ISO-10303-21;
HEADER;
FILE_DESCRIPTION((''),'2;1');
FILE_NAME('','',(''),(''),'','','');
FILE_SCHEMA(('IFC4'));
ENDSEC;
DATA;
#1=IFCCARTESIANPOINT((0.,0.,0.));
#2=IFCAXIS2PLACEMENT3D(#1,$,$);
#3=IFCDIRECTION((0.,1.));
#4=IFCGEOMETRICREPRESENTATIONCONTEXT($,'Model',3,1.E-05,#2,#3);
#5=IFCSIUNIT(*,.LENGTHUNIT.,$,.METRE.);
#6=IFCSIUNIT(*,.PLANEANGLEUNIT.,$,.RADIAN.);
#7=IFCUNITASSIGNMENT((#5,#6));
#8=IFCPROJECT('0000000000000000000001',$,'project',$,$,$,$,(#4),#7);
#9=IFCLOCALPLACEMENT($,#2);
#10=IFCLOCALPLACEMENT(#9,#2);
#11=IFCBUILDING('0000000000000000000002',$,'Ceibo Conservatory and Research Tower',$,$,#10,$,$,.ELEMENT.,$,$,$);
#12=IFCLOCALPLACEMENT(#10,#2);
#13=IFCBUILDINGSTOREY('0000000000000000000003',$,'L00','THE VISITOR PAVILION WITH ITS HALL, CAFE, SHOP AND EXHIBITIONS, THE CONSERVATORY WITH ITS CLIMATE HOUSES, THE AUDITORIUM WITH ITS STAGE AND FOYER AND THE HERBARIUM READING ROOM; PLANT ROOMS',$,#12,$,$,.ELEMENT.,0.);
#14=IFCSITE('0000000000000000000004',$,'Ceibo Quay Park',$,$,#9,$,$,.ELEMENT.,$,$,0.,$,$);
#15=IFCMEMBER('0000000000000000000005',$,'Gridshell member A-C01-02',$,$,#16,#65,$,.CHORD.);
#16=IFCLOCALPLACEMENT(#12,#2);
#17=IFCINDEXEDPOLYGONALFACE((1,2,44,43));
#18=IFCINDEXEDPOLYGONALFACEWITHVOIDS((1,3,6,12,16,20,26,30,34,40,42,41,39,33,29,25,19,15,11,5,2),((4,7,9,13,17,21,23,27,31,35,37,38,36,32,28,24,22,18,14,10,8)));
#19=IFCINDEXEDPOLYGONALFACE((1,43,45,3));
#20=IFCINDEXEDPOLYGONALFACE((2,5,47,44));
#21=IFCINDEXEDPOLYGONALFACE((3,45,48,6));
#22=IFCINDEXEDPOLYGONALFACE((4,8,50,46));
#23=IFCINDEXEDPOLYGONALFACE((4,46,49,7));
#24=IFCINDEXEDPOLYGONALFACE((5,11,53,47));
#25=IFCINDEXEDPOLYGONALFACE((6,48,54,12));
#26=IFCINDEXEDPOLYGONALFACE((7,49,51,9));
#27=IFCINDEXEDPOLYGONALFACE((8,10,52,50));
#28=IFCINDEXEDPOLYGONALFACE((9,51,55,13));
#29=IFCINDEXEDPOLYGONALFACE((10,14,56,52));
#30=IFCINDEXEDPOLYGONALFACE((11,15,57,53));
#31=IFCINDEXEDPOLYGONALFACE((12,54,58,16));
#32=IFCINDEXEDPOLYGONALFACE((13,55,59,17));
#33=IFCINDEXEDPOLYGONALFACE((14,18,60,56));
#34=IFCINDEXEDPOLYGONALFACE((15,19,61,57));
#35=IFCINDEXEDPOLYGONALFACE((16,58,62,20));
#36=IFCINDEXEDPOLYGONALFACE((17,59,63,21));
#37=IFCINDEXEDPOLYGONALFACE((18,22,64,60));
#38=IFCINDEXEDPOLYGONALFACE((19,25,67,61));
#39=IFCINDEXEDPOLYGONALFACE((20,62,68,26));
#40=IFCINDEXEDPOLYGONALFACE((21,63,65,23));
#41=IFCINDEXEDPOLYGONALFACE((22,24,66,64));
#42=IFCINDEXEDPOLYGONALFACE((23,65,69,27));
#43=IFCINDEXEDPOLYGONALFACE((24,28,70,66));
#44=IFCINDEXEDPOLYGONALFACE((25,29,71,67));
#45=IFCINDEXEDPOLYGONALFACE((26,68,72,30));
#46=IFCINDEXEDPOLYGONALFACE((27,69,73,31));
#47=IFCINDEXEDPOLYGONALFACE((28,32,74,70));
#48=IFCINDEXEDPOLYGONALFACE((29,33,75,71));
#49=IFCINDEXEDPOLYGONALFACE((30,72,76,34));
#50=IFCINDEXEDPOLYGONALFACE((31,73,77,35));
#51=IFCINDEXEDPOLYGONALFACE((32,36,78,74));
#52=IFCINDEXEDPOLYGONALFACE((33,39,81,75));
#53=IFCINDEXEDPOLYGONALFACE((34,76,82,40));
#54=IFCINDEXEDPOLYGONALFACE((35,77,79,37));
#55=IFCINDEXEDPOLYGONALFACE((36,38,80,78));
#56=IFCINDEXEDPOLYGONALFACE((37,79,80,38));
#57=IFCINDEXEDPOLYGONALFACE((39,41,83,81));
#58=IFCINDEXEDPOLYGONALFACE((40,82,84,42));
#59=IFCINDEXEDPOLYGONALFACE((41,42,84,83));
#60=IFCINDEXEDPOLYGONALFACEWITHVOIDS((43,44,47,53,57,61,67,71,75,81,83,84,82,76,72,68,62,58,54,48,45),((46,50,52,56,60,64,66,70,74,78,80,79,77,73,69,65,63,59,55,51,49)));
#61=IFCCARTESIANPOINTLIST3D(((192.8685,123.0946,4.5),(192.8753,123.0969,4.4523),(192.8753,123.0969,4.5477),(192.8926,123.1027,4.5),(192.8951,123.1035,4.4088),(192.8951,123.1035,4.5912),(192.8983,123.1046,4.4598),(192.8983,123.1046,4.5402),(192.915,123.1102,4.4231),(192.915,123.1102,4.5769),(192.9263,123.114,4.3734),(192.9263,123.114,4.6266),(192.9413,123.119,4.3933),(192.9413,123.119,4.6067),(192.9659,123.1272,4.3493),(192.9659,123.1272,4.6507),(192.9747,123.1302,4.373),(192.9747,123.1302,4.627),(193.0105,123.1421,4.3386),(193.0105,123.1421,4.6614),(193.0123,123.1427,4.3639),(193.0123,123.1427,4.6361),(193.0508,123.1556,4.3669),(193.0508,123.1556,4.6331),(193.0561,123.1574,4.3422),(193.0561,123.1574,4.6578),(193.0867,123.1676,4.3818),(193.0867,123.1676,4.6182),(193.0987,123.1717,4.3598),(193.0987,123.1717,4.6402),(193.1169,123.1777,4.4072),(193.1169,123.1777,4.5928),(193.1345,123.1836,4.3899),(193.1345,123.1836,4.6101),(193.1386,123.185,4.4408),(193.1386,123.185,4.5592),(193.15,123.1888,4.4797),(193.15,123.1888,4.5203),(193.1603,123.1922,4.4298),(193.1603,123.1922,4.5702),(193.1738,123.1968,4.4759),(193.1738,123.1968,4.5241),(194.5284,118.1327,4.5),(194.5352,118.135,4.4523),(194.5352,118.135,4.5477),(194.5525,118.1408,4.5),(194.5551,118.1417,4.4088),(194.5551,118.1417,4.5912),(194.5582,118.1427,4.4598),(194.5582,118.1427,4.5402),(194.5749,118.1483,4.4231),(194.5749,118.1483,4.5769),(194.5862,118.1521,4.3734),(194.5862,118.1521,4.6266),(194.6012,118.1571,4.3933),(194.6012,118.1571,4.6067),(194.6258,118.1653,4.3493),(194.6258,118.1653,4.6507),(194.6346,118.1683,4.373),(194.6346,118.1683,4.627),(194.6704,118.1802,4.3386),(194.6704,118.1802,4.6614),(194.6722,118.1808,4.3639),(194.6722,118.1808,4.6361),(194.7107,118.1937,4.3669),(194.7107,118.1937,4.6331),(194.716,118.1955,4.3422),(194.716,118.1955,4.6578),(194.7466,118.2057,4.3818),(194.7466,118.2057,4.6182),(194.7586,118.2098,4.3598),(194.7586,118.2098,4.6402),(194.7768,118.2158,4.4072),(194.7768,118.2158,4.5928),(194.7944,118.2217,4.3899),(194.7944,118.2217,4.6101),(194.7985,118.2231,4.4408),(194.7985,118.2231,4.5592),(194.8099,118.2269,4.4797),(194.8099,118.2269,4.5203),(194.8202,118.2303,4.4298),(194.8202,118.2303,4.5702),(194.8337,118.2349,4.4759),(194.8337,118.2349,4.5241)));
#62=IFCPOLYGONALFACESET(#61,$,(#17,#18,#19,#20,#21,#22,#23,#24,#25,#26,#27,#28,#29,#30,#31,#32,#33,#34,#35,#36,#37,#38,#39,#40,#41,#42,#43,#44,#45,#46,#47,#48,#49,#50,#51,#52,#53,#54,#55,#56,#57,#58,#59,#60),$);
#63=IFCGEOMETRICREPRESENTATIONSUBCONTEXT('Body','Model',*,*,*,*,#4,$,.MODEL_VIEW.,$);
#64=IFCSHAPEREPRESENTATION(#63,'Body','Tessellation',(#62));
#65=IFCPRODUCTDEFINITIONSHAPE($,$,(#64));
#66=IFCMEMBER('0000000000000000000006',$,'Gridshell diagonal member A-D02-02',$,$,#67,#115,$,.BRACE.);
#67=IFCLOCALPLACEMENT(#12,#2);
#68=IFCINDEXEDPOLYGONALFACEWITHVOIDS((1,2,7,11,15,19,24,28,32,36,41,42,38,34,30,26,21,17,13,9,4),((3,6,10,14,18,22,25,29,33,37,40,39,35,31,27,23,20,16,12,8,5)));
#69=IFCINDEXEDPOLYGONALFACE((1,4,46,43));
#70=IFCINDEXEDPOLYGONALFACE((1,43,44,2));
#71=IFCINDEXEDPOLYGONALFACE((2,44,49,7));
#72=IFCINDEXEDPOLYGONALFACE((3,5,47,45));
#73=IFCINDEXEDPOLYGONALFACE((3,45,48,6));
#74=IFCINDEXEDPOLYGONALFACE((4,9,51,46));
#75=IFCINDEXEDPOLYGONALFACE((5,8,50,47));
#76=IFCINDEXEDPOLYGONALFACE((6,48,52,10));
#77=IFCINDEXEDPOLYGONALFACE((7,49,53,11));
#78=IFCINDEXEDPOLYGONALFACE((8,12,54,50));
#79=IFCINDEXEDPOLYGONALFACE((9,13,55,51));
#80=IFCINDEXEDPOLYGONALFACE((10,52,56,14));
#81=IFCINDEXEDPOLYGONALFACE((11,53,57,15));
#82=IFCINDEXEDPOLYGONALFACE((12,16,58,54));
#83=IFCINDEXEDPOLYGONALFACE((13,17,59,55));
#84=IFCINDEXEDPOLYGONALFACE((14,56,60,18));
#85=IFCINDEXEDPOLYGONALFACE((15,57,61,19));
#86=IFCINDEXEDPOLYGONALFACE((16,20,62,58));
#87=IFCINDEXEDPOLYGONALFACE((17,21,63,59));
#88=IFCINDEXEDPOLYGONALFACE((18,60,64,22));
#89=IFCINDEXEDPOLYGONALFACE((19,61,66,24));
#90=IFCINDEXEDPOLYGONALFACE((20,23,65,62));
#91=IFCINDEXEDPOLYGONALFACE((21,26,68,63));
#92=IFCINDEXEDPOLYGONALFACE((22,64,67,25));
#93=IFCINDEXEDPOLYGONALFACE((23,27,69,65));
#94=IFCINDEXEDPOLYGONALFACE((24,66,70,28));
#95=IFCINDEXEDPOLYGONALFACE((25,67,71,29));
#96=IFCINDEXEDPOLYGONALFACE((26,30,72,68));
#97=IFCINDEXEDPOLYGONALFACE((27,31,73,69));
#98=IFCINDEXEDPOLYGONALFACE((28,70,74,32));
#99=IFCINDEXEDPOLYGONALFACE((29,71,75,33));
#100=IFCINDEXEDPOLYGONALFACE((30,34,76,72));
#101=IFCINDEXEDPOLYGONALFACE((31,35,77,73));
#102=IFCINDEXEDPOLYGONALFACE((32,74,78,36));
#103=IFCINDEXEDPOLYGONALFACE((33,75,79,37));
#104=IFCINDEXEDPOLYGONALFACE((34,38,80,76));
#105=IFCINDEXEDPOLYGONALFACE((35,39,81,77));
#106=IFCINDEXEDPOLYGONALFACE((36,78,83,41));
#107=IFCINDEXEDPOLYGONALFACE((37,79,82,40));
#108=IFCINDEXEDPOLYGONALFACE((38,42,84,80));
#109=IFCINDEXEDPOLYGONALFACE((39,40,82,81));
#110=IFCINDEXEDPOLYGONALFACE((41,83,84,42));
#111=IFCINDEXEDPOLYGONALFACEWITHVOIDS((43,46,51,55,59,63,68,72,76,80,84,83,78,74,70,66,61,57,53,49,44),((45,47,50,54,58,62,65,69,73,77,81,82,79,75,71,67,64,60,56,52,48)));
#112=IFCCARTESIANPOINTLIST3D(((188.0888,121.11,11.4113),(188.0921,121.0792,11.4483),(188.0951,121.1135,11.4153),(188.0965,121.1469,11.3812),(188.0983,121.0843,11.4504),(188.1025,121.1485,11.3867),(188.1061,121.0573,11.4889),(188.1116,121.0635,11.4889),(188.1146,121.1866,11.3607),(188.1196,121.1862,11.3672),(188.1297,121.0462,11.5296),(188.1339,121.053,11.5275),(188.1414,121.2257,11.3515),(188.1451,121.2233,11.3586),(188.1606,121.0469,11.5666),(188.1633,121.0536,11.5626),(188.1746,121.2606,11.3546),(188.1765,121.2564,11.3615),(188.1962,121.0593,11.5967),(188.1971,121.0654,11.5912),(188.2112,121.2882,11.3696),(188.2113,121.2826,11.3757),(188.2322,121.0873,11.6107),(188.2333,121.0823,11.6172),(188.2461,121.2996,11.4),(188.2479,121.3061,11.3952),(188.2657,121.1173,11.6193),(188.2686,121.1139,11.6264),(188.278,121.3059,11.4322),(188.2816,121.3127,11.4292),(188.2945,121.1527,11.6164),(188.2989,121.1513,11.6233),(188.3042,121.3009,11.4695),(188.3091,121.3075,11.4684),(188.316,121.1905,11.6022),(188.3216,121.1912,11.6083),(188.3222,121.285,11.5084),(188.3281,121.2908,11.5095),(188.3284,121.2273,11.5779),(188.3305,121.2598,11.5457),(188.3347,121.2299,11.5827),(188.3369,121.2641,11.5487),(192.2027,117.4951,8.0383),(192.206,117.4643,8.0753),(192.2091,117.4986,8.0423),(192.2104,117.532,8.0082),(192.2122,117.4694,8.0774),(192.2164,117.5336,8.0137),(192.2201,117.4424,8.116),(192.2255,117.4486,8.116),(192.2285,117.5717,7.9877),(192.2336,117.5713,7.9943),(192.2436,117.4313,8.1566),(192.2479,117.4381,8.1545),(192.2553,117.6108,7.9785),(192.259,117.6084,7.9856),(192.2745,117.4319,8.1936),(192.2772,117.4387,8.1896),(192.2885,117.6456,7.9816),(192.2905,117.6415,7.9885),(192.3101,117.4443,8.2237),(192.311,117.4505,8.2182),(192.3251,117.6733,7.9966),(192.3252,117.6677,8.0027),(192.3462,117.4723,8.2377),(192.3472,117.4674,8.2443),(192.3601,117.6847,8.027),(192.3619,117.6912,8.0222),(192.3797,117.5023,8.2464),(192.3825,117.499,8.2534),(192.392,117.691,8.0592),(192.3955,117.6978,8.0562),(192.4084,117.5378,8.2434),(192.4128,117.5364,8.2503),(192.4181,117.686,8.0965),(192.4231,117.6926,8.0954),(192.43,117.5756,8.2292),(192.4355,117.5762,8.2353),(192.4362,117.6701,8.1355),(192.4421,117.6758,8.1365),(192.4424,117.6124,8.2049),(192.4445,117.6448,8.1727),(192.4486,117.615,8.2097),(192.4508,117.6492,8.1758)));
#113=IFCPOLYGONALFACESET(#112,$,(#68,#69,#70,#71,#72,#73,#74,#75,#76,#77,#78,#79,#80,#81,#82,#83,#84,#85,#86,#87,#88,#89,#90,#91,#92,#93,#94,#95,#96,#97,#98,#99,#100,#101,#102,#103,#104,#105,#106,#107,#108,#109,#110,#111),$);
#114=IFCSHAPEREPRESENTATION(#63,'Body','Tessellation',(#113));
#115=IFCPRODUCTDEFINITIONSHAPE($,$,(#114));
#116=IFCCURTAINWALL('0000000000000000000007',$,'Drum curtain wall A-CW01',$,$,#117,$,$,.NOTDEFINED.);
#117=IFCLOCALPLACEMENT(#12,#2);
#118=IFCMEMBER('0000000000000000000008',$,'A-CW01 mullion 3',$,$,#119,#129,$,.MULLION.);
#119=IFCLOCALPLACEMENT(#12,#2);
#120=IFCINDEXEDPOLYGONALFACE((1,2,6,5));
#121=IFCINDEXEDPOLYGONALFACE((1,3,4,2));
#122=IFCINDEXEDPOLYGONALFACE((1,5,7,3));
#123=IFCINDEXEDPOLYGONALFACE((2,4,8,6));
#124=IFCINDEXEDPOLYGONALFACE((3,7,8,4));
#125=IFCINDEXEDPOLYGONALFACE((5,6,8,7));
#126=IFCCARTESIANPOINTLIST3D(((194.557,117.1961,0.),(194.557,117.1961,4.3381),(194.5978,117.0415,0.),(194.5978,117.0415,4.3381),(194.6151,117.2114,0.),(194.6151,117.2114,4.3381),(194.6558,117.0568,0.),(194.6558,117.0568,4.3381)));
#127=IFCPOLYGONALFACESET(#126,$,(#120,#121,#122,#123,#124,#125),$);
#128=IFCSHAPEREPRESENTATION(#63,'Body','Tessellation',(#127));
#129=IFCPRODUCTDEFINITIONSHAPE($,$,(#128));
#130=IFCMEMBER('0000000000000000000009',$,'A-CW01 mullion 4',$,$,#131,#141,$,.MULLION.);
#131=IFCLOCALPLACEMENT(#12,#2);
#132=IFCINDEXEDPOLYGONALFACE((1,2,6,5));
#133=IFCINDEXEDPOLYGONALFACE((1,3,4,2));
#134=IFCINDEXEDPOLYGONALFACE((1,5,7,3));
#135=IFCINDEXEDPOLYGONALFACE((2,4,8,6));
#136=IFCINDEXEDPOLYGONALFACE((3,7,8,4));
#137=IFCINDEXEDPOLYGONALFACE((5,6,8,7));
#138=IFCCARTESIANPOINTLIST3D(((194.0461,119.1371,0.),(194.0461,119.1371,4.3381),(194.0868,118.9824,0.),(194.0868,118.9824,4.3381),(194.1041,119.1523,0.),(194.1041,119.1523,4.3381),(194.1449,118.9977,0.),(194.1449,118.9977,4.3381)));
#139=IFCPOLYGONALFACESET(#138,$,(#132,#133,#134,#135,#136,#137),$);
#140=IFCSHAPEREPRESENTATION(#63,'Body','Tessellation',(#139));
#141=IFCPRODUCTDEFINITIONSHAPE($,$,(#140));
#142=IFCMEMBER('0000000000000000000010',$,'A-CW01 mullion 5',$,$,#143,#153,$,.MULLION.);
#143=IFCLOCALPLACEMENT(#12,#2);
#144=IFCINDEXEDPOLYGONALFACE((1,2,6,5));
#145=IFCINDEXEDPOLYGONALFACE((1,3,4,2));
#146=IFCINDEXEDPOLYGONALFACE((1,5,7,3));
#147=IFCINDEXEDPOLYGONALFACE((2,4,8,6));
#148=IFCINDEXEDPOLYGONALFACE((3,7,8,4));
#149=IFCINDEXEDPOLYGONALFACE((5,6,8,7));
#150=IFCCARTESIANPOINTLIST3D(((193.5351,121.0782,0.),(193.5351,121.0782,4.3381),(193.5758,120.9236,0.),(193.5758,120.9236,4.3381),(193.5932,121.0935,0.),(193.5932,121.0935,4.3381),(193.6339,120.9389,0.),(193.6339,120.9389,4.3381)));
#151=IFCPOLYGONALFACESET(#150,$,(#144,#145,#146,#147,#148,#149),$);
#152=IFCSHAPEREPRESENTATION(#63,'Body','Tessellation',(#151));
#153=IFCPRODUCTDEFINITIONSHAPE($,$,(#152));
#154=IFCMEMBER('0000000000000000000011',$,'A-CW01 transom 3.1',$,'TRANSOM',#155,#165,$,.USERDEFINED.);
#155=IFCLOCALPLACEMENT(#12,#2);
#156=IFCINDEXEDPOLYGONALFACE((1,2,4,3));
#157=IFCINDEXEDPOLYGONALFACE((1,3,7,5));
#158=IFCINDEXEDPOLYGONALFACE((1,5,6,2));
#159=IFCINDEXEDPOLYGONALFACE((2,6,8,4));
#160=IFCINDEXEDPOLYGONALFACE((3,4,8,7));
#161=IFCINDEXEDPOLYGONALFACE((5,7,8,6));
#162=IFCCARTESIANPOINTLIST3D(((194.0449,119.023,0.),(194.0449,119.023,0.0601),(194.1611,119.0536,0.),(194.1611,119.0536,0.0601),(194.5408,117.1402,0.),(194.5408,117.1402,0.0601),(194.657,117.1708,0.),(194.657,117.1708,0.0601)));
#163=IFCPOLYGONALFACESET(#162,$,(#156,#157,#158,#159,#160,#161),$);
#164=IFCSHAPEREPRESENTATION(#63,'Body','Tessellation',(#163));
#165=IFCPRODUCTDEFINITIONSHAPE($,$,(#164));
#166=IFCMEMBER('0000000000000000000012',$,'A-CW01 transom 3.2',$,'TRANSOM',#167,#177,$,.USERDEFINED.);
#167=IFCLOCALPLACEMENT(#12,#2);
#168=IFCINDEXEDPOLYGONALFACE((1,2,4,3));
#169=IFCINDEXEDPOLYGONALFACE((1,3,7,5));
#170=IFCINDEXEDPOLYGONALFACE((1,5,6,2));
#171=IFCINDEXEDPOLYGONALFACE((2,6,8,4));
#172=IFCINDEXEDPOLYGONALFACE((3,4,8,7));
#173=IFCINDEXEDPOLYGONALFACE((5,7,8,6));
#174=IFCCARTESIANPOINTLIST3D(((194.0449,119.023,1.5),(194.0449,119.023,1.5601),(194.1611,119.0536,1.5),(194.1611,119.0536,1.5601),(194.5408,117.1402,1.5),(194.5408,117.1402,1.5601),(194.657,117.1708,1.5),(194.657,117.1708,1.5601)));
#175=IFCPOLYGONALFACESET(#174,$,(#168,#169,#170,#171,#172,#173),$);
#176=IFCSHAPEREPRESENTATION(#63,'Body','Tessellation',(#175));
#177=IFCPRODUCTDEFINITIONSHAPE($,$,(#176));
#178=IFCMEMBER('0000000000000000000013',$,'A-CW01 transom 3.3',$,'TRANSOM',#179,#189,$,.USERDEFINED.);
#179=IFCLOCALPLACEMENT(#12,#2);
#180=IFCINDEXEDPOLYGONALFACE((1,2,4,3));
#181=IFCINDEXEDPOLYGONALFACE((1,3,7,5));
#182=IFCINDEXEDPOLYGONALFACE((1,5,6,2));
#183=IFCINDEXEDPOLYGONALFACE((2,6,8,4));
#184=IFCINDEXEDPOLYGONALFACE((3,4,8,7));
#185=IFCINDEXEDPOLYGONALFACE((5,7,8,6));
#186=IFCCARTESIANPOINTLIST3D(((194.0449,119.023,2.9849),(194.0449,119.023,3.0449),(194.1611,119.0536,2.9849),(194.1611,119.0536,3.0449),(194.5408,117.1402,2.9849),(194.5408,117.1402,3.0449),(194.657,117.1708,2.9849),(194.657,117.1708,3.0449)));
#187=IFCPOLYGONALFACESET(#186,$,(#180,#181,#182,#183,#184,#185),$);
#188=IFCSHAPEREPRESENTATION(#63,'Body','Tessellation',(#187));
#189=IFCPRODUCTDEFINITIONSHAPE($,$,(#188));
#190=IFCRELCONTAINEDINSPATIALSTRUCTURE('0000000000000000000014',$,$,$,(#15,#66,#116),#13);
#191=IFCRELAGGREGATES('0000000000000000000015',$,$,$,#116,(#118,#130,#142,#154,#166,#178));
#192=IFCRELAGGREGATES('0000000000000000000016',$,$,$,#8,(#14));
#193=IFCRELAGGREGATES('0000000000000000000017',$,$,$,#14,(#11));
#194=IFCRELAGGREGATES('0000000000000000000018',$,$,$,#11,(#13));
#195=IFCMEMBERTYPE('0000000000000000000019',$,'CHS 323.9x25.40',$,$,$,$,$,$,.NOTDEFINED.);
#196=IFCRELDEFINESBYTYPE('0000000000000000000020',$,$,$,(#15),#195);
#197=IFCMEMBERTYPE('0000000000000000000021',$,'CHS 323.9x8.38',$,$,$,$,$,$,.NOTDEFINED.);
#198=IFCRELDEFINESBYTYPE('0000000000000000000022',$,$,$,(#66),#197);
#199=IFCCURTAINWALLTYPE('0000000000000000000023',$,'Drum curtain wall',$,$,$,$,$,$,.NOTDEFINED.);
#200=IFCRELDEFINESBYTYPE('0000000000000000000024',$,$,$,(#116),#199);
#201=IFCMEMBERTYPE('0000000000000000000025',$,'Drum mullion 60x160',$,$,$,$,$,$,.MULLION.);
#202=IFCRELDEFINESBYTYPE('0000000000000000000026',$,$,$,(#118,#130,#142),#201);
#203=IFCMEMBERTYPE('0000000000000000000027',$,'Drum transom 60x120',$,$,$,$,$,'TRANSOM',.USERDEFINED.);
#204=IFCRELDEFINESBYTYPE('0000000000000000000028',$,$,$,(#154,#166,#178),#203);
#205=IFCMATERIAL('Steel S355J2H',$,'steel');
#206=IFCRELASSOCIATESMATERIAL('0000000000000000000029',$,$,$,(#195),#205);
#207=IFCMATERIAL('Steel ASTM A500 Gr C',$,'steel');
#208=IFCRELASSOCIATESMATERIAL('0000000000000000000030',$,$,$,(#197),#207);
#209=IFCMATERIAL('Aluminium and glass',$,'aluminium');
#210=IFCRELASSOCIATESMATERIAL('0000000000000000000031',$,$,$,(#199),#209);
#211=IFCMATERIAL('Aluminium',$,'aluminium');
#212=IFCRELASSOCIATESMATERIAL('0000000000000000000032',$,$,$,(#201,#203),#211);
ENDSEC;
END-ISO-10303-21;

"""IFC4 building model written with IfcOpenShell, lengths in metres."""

from ifc_helpers import new_model, si_unit, direction, frame, origin, origin_2d, place, context, subcontext, project, spatial, rectangle, hollow_circle, extrude, material, material_profile, profile_set, type_object, element, aggregate, save


model = new_model("IFC4")

# Units and contexts
model_context = context("Model", 3, precision=1e-05, world=origin(), true_north=direction((0.0, 1.0)))
body_context = subcontext(model_context, "Body", "Model", "MODEL_VIEW")
ifc_project = project(units=[si_unit("LENGTHUNIT", "METRE"), si_unit("PLANEANGLEUNIT", "RADIAN")], contexts=[model_context])

# Site, building, storey
site_placement = place(None, origin())
site = spatial("IfcSite", under=ifc_project, at=site_placement, Name="Ceibo Quay Park", CompositionType="ELEMENT", RefElevation=0.0)
building_placement = place(site_placement, origin())
building = spatial("IfcBuilding", under=site, at=building_placement, Name="Ceibo Conservatory and Research Tower", CompositionType="ELEMENT")
storey_placement = place(building_placement, origin())
storey = spatial("IfcBuildingStorey", under=building, at=storey_placement, Name="L00", Description="THE VISITOR PAVILION WITH ITS HALL, CAFE, SHOP AND EXHIBITIONS, THE CONSERVATORY WITH ITS CLIMATE HOUSES, THE AUDITORIUM WITH ITS STAGE AND FOYER AND THE HERBARIUM READING ROOM; PLANT ROOMS", CompositionType="ELEMENT", Elevation=0.0)

# Members
ifc_material_1 = material(Name="Steel ASTM A500 Gr C", Category="steel")
ifc_material_2 = material(Name="Steel S355J2H", Category="steel")
ifc_material_profile_1 = material_profile(ifc_material_2, hollow_circle(Radius=0.1619, WallThickness=0.0254, at=origin_2d()), Name="CHS 323.9x25.40")
ifc_profile_set_1 = profile_set([ifc_material_profile_1], Name="Steel S355J2H")
member_type_1 = type_object("IfcMemberType", Name="CHS 323.9x25.40", PredefinedType="NOTDEFINED", material=ifc_profile_set_1)
member_1_placement = place(storey_placement, frame((194.6819, 118.1841, 4.5), z_axis=(-0.317249, 0.948342, 0.0), x_axis=(-0.948342, -0.317249, 0.0)))
element("IfcMember", 1, at=member_1_placement, inside=storey, type_object=member_type_1, Name="Gridshell member A-C01-02", PredefinedType="CHORD", context=body_context, shape_type="SweptSolid", body=[
    extrude(hollow_circle(Radius=0.1619, WallThickness=0.0254, at=origin_2d()), origin(), (0.0, 0.0, 1.0), 5.2322),
])
ifc_material_profile_2 = material_profile(ifc_material_1, hollow_circle(Radius=0.1619, WallThickness=0.0083, at=origin_2d()), Name="CHS 323.9x8.38")
ifc_profile_set_2 = profile_set([ifc_material_profile_2], Name="Steel ASTM A500 Gr C")
member_type_2 = type_object("IfcMemberType", Name="CHS 323.9x8.38", PredefinedType="NOTDEFINED", material=ifc_profile_set_2)
member_2_placement = place(storey_placement, frame((192.3269, 117.564, 8.116), z_axis=(-0.639616, 0.562031, 0.524416), x_axis=(-0.660078, -0.751197, 0.0)))
element("IfcMember", 2, at=member_2_placement, inside=storey, type_object=member_type_2, Name="Gridshell diagonal member A-D02-02", PredefinedType="BRACE", context=body_context, shape_type="SweptSolid", body=[
    extrude(hollow_circle(Radius=0.1619, WallThickness=0.0083, at=origin_2d()), origin(), (0.0, 0.0, 1.0), 6.4319),
])

# Curtain wall, members
ifc_material_3 = material(Name="Aluminium and glass", Category="aluminium")
curtain_wall_type = type_object("IfcCurtainWallType", Name="Drum curtain wall", PredefinedType="NOTDEFINED", material=ifc_material_3)
curtain_wall_placement = place(storey_placement, origin())
curtain_wall = element("IfcCurtainWall", 3, at=curtain_wall_placement, inside=storey, type_object=curtain_wall_type, Name="Drum curtain wall A-CW01", PredefinedType="NOTDEFINED")
ifc_material_4 = material(Name="Aluminium", Category="aluminium")
ifc_material_profile_3 = material_profile(ifc_material_4, rectangle(XDim=0.0601, YDim=0.1599, at=origin_2d()), Name="AL 60x160")
ifc_profile_set_3 = profile_set([ifc_material_profile_3], Name="Aluminium")
member_type_3 = type_object("IfcMemberType", Name="Drum mullion 60x160", PredefinedType="MULLION", material=ifc_profile_set_3)
member_3_placement = place(storey_placement, frame((194.6064, 117.1265, 0.0), z_axis=(0.0, 0.0, 1.0), x_axis=(-0.967046, -0.254602, 0.0)))
member_3 = element("IfcMember", 4, at=member_3_placement, type_object=member_type_3, Name="A-CW01 mullion 3", PredefinedType="MULLION", context=body_context, shape_type="SweptSolid", body=[
    extrude(rectangle(XDim=0.0601, YDim=0.1599, at=origin_2d()), origin(), (0.0, 0.0, 1.0), 4.3381),
])
member_4_placement = place(storey_placement, frame((194.0955, 119.0674, 0.0), z_axis=(0.0, 0.0, 1.0), x_axis=(-0.967046, -0.254602, 0.0)))
member_4 = element("IfcMember", 5, at=member_4_placement, type_object=member_type_3, Name="A-CW01 mullion 4", PredefinedType="MULLION", context=body_context, shape_type="SweptSolid", body=[
    extrude(rectangle(XDim=0.0601, YDim=0.1599, at=origin_2d()), origin(), (0.0, 0.0, 1.0), 4.3381),
])
member_5_placement = place(storey_placement, frame((193.5845, 121.0085, 0.0), z_axis=(0.0, 0.0, 1.0), x_axis=(-0.967046, -0.254602, 0.0)))
member_5 = element("IfcMember", 6, at=member_5_placement, type_object=member_type_3, Name="A-CW01 mullion 5", PredefinedType="MULLION", context=body_context, shape_type="SweptSolid", body=[
    extrude(rectangle(XDim=0.0601, YDim=0.1599, at=origin_2d()), origin(), (0.0, 0.0, 1.0), 4.3381),
])
ifc_material_profile_4 = material_profile(ifc_material_4, rectangle(XDim=0.1201, YDim=0.0601, at=origin_2d()), Name="AL 60x120")
ifc_profile_set_4 = profile_set([ifc_material_profile_4], Name="Aluminium")
member_type_4 = type_object("IfcMemberType", Name="Drum transom 60x120", ElementType="TRANSOM", PredefinedType="USERDEFINED", material=ifc_profile_set_4)
member_6_placement = place(storey_placement, frame((194.5989, 117.1555, 0.03), z_axis=(-0.254672, 0.967027, 0.0), x_axis=(-0.967027, -0.254672, 0.0)))
member_6 = element("IfcMember", 7, at=member_6_placement, type_object=member_type_4, Name="A-CW01 transom 3.1", ObjectType="TRANSOM", PredefinedType="USERDEFINED", context=body_context, shape_type="SweptSolid", body=[
    extrude(rectangle(XDim=0.1201, YDim=0.0601, at=origin_2d()), origin(), (0.0, 0.0, 1.0), 1.947),
])
member_7_placement = place(storey_placement, frame((194.5989, 117.1555, 1.53), z_axis=(-0.254672, 0.967027, 0.0), x_axis=(-0.967027, -0.254672, 0.0)))
member_7 = element("IfcMember", 8, at=member_7_placement, type_object=member_type_4, Name="A-CW01 transom 3.2", ObjectType="TRANSOM", PredefinedType="USERDEFINED", context=body_context, shape_type="SweptSolid", body=[
    extrude(rectangle(XDim=0.1201, YDim=0.0601, at=origin_2d()), origin(), (0.0, 0.0, 1.0), 1.947),
])
member_8_placement = place(storey_placement, frame((194.5989, 117.1555, 3.0149), z_axis=(-0.254672, 0.967027, 0.0), x_axis=(-0.967027, -0.254672, 0.0)))
member_8 = element("IfcMember", 9, at=member_8_placement, type_object=member_type_4, Name="A-CW01 transom 3.3", ObjectType="TRANSOM", PredefinedType="USERDEFINED", context=body_context, shape_type="SweptSolid", body=[
    extrude(rectangle(XDim=0.1201, YDim=0.0601, at=origin_2d()), origin(), (0.0, 0.0, 1.0), 1.947),
])
aggregate(curtain_wall, [member_3, member_4, member_5, member_6, member_7, member_8])

save(model, "model.ifc")
